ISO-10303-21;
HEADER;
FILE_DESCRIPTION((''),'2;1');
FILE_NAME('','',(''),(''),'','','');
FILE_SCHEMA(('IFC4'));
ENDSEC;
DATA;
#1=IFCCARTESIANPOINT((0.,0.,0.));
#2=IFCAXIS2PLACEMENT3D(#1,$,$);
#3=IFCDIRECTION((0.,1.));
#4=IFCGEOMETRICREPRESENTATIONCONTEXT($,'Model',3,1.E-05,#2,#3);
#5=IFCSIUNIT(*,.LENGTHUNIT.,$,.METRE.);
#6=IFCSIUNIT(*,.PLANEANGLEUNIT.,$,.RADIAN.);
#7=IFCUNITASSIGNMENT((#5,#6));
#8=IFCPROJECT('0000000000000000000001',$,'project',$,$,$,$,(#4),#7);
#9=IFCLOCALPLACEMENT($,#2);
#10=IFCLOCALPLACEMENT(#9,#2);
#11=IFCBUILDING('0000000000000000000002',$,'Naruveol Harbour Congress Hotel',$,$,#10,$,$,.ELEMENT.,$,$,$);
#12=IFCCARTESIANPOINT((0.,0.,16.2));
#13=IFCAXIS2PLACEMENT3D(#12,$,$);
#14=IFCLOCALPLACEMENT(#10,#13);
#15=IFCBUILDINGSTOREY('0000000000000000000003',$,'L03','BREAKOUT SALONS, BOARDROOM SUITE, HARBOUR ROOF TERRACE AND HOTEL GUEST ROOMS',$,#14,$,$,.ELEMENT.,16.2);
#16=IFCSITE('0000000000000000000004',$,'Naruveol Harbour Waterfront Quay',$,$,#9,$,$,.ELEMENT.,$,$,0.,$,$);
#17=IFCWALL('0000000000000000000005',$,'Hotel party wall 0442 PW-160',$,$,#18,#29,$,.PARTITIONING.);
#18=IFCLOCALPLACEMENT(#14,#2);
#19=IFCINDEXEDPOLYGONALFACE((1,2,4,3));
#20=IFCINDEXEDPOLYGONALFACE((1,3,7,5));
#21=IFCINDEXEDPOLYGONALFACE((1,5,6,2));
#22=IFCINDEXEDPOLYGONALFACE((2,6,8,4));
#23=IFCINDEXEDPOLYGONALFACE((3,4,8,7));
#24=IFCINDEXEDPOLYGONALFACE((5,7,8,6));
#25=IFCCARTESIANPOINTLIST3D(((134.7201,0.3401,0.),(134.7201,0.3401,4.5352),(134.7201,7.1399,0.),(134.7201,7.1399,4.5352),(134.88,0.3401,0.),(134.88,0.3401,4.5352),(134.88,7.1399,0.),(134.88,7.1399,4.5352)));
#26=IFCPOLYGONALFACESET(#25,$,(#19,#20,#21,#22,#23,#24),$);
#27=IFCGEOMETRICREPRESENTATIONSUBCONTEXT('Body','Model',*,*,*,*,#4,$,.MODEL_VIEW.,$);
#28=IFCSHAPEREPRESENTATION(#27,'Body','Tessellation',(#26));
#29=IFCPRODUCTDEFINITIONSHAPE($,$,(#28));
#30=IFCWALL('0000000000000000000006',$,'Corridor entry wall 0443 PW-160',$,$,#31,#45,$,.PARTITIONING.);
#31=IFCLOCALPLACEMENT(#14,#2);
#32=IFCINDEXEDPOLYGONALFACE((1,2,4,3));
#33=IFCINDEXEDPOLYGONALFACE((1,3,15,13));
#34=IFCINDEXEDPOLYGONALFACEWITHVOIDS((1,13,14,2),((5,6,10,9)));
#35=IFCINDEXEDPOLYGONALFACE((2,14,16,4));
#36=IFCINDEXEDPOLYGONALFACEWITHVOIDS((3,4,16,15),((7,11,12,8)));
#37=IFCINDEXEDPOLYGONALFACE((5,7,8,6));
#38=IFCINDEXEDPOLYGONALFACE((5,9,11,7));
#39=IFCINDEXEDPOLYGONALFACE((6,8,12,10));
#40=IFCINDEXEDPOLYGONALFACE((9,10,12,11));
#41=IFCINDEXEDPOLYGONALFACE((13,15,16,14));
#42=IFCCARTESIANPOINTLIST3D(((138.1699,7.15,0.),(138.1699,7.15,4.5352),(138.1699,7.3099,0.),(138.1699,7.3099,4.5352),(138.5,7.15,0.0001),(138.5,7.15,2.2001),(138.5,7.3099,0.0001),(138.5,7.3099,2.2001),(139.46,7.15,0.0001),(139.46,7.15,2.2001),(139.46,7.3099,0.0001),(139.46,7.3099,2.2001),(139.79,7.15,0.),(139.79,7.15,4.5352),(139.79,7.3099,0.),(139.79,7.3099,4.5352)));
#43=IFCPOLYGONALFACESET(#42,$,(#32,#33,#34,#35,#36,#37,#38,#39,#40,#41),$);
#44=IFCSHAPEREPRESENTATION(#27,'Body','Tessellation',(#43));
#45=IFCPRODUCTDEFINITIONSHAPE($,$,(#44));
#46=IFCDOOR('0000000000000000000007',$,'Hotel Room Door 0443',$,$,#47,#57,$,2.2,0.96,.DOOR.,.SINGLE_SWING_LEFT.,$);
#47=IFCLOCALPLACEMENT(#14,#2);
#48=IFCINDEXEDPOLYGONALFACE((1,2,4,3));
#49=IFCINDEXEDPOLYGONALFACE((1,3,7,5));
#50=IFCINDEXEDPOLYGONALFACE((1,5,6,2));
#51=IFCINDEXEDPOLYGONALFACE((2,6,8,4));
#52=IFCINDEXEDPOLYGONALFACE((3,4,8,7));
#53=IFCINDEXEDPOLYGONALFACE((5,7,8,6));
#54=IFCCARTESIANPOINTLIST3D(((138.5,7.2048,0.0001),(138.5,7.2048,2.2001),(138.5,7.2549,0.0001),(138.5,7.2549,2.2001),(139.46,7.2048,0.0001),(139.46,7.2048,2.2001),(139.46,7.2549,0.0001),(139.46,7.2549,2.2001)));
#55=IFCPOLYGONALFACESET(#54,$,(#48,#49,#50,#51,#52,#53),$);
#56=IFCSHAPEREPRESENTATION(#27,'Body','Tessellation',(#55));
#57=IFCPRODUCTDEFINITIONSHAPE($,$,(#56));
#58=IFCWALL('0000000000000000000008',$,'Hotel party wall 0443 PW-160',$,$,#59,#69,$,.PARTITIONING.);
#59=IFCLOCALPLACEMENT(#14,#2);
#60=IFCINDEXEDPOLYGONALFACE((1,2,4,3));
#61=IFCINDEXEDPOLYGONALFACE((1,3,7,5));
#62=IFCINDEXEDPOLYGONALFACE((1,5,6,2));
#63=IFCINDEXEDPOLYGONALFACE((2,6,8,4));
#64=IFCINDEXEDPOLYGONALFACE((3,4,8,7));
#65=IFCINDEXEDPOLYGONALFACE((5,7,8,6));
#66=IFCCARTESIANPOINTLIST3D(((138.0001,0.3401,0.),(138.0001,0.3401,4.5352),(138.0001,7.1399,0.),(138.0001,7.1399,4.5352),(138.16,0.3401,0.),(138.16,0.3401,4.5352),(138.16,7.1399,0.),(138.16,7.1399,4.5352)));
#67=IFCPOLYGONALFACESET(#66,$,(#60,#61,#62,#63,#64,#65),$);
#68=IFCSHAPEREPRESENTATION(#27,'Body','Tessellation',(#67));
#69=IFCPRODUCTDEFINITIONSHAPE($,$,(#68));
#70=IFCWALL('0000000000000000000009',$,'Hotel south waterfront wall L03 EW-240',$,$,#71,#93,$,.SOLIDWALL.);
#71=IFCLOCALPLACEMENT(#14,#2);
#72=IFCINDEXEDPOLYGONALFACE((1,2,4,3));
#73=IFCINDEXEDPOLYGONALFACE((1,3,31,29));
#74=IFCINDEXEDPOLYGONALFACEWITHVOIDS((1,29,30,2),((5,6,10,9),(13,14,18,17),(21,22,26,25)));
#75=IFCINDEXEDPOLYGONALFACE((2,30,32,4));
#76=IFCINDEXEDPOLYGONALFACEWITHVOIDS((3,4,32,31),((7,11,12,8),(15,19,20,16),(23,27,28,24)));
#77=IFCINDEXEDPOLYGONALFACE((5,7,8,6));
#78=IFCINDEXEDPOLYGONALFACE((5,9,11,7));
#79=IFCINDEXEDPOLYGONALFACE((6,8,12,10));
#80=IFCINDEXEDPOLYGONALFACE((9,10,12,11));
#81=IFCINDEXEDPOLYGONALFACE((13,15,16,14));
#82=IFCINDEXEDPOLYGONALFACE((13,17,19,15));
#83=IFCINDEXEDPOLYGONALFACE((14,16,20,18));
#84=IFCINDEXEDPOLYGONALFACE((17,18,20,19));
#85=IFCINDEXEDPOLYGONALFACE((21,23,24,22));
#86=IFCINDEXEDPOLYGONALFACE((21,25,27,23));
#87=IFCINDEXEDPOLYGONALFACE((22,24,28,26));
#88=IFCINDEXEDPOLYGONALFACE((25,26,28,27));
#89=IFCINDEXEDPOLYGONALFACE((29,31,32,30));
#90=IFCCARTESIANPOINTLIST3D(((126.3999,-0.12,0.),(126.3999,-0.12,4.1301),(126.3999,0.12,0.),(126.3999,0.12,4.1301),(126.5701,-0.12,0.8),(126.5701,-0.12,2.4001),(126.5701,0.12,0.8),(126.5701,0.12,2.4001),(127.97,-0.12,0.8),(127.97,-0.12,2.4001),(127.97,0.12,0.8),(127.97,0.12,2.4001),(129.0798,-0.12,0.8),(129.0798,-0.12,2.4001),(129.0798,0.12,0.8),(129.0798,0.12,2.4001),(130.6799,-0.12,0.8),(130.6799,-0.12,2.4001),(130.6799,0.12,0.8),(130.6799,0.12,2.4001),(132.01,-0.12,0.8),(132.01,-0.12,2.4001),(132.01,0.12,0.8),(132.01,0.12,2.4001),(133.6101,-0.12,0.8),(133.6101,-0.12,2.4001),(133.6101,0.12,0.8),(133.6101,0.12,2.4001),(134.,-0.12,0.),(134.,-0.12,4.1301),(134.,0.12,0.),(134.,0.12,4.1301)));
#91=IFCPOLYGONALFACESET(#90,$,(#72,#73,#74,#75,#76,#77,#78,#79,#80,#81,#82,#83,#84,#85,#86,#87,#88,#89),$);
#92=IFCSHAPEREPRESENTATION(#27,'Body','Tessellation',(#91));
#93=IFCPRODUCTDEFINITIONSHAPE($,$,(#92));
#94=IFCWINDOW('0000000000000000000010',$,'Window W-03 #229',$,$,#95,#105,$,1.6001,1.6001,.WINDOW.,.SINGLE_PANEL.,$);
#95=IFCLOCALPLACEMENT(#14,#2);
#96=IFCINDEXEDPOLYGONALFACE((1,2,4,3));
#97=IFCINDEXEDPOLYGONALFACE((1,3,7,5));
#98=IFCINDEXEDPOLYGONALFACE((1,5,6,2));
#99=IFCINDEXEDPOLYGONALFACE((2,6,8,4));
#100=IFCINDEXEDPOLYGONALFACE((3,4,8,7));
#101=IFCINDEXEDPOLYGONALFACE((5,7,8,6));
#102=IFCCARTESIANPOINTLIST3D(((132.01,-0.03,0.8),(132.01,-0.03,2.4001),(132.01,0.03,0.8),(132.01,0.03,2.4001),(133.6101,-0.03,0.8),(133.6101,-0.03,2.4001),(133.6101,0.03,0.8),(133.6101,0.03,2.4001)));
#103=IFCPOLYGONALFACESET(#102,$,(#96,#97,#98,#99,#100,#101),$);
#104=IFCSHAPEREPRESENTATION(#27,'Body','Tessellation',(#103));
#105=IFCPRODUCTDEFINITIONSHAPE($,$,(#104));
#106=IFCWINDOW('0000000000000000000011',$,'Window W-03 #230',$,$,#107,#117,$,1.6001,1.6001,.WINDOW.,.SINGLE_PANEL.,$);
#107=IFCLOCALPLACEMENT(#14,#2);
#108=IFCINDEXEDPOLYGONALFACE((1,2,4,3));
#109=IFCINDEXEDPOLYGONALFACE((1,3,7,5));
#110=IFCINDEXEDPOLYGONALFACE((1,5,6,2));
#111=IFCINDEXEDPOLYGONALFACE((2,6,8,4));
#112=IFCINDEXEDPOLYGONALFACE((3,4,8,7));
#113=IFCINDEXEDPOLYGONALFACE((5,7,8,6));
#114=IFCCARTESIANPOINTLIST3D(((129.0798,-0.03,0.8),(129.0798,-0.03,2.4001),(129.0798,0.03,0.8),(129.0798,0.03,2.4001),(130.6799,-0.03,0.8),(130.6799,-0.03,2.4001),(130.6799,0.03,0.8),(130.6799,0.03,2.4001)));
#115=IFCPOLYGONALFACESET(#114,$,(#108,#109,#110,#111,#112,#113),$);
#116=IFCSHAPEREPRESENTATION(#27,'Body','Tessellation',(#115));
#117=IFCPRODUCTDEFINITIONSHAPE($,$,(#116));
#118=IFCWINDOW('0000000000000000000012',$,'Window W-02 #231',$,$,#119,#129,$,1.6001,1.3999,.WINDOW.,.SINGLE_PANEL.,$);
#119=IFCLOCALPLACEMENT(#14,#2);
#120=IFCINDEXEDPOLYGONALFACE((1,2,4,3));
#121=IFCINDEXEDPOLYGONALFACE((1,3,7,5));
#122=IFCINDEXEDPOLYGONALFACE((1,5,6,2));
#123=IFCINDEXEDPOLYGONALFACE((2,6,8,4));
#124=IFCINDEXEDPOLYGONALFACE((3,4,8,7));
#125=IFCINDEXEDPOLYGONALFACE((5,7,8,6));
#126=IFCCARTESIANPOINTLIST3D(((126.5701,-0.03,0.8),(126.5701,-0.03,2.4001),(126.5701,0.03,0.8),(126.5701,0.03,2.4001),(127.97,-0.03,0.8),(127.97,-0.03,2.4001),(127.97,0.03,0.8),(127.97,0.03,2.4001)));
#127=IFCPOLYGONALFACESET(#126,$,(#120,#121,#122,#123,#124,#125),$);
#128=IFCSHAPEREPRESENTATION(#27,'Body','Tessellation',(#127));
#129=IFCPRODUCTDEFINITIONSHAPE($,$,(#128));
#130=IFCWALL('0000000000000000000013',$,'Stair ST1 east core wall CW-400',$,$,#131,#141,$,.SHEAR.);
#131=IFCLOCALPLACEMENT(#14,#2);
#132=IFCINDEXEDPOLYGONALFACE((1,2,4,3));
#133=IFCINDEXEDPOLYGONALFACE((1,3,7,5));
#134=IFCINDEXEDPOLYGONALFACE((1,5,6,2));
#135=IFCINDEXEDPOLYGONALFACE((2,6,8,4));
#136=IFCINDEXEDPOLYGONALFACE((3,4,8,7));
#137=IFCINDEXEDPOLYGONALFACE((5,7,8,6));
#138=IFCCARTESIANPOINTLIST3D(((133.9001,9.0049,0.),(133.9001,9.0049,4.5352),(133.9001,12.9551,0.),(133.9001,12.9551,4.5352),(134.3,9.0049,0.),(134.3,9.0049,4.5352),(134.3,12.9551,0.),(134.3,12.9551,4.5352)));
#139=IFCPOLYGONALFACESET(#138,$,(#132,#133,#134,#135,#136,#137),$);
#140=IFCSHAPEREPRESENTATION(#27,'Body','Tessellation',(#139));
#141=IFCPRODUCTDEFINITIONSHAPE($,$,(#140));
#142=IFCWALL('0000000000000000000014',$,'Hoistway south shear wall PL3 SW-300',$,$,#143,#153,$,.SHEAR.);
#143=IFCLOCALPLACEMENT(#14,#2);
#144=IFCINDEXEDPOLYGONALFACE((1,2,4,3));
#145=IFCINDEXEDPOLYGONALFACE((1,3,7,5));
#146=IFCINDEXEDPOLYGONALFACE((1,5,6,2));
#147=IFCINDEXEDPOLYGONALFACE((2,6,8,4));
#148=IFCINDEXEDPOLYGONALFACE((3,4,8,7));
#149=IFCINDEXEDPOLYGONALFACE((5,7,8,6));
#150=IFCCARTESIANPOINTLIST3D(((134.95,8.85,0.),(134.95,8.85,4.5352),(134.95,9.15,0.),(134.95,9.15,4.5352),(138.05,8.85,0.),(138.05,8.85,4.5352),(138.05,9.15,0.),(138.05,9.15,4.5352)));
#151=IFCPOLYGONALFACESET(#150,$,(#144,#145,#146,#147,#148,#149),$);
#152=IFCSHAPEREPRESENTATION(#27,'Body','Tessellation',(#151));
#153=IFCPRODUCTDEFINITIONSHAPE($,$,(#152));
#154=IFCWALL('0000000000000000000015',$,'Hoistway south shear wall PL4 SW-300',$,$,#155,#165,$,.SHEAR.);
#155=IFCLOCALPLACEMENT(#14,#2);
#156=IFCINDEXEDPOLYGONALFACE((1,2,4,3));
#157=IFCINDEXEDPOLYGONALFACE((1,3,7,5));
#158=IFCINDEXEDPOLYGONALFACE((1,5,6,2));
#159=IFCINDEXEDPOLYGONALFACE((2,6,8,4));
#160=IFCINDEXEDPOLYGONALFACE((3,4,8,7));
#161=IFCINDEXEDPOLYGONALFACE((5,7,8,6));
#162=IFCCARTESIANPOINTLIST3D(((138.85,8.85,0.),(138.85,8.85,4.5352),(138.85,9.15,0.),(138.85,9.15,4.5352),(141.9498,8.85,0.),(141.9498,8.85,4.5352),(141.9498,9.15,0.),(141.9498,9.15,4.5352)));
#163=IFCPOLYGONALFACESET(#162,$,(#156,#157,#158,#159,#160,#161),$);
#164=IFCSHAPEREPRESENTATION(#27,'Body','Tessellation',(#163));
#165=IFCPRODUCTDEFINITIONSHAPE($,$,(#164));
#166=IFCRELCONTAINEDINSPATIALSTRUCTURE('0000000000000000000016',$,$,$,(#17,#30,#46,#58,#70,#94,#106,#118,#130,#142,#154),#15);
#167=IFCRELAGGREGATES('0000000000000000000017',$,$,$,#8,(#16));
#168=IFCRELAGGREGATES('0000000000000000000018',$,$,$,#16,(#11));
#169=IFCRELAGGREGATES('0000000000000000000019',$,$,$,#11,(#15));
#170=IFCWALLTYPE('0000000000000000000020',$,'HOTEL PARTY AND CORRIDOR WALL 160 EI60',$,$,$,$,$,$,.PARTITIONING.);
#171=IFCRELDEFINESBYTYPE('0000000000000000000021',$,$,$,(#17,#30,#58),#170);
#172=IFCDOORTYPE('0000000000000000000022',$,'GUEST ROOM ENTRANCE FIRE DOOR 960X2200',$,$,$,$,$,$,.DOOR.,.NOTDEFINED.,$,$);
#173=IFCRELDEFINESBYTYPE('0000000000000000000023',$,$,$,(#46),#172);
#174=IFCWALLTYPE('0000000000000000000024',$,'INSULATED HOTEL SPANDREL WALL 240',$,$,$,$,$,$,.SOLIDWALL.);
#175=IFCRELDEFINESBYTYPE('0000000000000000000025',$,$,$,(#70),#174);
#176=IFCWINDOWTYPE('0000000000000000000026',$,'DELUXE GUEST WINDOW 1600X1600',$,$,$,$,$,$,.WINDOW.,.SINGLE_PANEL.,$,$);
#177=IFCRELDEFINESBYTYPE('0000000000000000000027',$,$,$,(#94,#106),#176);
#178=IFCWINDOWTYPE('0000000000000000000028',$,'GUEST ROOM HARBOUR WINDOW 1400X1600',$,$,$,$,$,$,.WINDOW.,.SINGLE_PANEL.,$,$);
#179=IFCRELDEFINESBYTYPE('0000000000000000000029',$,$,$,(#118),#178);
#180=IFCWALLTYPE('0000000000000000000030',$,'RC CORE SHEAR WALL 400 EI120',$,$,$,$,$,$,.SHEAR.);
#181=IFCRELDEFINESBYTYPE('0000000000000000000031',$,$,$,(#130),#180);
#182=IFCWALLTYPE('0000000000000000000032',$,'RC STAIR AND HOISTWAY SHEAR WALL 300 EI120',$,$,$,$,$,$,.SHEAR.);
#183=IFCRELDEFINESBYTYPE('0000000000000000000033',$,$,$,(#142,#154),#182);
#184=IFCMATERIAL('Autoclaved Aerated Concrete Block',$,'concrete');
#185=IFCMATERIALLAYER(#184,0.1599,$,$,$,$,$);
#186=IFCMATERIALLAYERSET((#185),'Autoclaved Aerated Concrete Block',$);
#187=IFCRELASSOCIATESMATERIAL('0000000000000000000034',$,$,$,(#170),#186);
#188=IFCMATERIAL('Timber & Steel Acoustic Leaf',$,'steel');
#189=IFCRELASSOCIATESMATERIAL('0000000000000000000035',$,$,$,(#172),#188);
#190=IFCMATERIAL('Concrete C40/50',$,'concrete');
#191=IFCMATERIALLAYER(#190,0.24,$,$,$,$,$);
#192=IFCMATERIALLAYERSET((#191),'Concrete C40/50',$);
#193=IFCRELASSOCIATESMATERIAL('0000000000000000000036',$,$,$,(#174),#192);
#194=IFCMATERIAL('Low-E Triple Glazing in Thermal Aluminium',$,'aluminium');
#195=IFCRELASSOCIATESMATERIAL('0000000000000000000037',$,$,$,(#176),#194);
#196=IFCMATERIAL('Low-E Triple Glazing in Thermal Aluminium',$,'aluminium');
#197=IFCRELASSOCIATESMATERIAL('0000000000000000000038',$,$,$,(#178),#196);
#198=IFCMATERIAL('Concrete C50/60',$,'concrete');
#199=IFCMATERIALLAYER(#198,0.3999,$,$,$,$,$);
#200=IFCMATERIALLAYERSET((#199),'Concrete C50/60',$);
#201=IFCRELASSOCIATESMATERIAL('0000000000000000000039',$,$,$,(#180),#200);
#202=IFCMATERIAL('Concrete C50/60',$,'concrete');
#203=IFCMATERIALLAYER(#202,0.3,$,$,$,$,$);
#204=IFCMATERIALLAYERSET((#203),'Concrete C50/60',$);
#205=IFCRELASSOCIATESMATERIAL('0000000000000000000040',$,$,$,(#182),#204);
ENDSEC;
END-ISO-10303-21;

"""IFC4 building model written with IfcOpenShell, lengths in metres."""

from ifc_helpers import new_model, si_unit, direction, frame, frame_2d, origin, place, context, subcontext, project, spatial, rectangle, extrude, material, layer, layer_set, type_object, element, fill, save


model = new_model("IFC4")

# Units and contexts
model_context = context("Model", 3, precision=1e-05, world=origin(), true_north=direction((0.0, 1.0)))
body_context = subcontext(model_context, "Body", "Model", "MODEL_VIEW")
ifc_project = project(units=[si_unit("LENGTHUNIT", "METRE"), si_unit("PLANEANGLEUNIT", "RADIAN")], contexts=[model_context])

# Site, building, storey
site_placement = place(None, origin())
site = spatial("IfcSite", under=ifc_project, at=site_placement, Name="Naruveol Harbour Waterfront Quay", CompositionType="ELEMENT", RefElevation=0.0)
building_placement = place(site_placement, origin())
building = spatial("IfcBuilding", under=site, at=building_placement, Name="Naruveol Harbour Congress Hotel", CompositionType="ELEMENT")
storey_placement = place(building_placement, frame((0.0, 0.0, 16.2)))
storey = spatial("IfcBuildingStorey", under=building, at=storey_placement, Name="L03", Description="BREAKOUT SALONS, BOARDROOM SUITE, HARBOUR ROOF TERRACE AND HOTEL GUEST ROOMS", CompositionType="ELEMENT", Elevation=16.2)

# Shared definitions
ifc_material_1 = material(Name="Autoclaved Aerated Concrete Block", Category="concrete")
ifc_layer_1 = layer(ifc_material_1, 0.1599)
ifc_layer_set_1 = layer_set([ifc_layer_1], Name="Autoclaved Aerated Concrete Block")
wall_type_1 = type_object("IfcWallType", Name="HOTEL PARTY AND CORRIDOR WALL 160 EI60", PredefinedType="PARTITIONING", material=ifc_layer_set_1)

# Wall
wall_1_placement = place(storey_placement, frame((134.8, 0.3401, 0.0), z_axis=(0.0, 0.0, 1.0), x_axis=(0.0, 1.0, 0.0)))
element("IfcWall", 1, at=wall_1_placement, inside=storey, type_object=wall_type_1, Name="Hotel party wall 0442 PW-160", PredefinedType="PARTITIONING", context=body_context, shape_type="SweptSolid", body=[
    extrude(rectangle(XDim=6.7998, YDim=0.1599, at=frame_2d((3.3999, 0.0))), origin(), (0.0, 0.0, 1.0), 4.5352),
])

# Wall, opening, door
wall_2_placement = place(storey_placement, frame((138.1699, 7.23, 0.0), z_axis=(0.0, 0.0, 1.0), x_axis=(1.0, 0.0, 0.0)))
wall_2 = element("IfcWall", 2, at=wall_2_placement, inside=storey, type_object=wall_type_1, Name="Corridor entry wall 0443 PW-160", PredefinedType="PARTITIONING", context=body_context, shape_type="SweptSolid", body=[
    extrude(rectangle(XDim=1.6201, YDim=0.1599, at=frame_2d((0.8101, 0.0))), origin(), (0.0, 0.0, 1.0), 4.5352),
])
opening_1_placement = place(wall_2_placement, frame((0.3301, 0.0, 0.0)))
opening_1 = element("IfcOpeningElement", 3, at=opening_1_placement, cuts=wall_2, PredefinedType="OPENING", context=body_context, shape_type="SweptSolid", body=[
    extrude(rectangle(XDim=0.96, YDim=2.2, at=frame_2d((0.48, 1.1001))), frame((0.0, 0.0898, 0.0), z_axis=(0.0, -1.0, 0.0), x_axis=(1.0, 0.0, 0.0)), (0.0, 0.0, 1.0), 0.1799),
])
ifc_material_2 = material(Name="Timber & Steel Acoustic Leaf", Category="steel")
door_type_1 = type_object("IfcDoorType", Name="GUEST ROOM ENTRANCE FIRE DOOR 960X2200", OperationType="NOTDEFINED", PredefinedType="DOOR", material=ifc_material_2)
door_1_placement = place(opening_1_placement, origin())
door_1 = element("IfcDoor", 4, at=door_1_placement, inside=storey, type_object=door_type_1, Name="Hotel Room Door 0443", OperationType="SINGLE_SWING_LEFT", OverallHeight=2.2, OverallWidth=0.96, PredefinedType="DOOR", context=body_context, shape_type="SweptSolid", body=[
    extrude(rectangle(XDim=0.96, YDim=2.2, at=frame_2d((0.48, 1.1001))), frame((0.0, 0.0249, 0.0), z_axis=(0.0, -1.0, 0.0), x_axis=(1.0, 0.0, 0.0)), (0.0, 0.0, 1.0), 0.05),
])
fill(opening_1, door_1)

# Wall
wall_3_placement = place(storey_placement, frame((138.0801, 0.3401, 0.0), z_axis=(0.0, 0.0, 1.0), x_axis=(0.0, 1.0, 0.0)))
element("IfcWall", 5, at=wall_3_placement, inside=storey, type_object=wall_type_1, Name="Hotel party wall 0443 PW-160", PredefinedType="PARTITIONING", context=body_context, shape_type="SweptSolid", body=[
    extrude(rectangle(XDim=6.7998, YDim=0.1599, at=frame_2d((3.3999, 0.0))), origin(), (0.0, 0.0, 1.0), 4.5352),
])

# Wall, openings, windows
ifc_material_3 = material(Name="Concrete C40/50", Category="concrete")
ifc_layer_2 = layer(ifc_material_3, 0.24)
ifc_layer_set_2 = layer_set([ifc_layer_2], Name="Concrete C40/50")
wall_type_2 = type_object("IfcWallType", Name="INSULATED HOTEL SPANDREL WALL 240", PredefinedType="SOLIDWALL", material=ifc_layer_set_2)
wall_4_placement = place(storey_placement, frame((134.0, 0.0, 0.0), z_axis=(0.0, 0.0, 1.0), x_axis=(-1.0, 0.0, 0.0)))
wall_4 = element("IfcWall", 6, at=wall_4_placement, inside=storey, type_object=wall_type_2, Name="Hotel south waterfront wall L03 EW-240", PredefinedType="SOLIDWALL", context=body_context, shape_type="SweptSolid", body=[
    extrude(rectangle(XDim=7.6001, YDim=0.24, at=frame_2d((3.8, 0.0))), origin(), (0.0, 0.0, 1.0), 4.1301),
])
opening_2_placement = place(wall_4_placement, frame((0.3899, 0.0, 0.8)))
opening_2 = element("IfcOpeningElement", 7, at=opening_2_placement, cuts=wall_4, PredefinedType="OPENING", context=body_context, shape_type="SweptSolid", body=[
    extrude(rectangle(XDim=1.6001, YDim=1.6001, at=frame_2d((0.8, 0.8))), frame((0.0, 0.1299, 0.0), z_axis=(0.0, -1.0, 0.0), x_axis=(1.0, 0.0, 0.0)), (0.0, 0.0, 1.0), 0.26),
])
opening_3_placement = place(wall_4_placement, frame((3.3201, 0.0, 0.8)))
opening_3 = element("IfcOpeningElement", 8, at=opening_3_placement, cuts=wall_4, PredefinedType="OPENING", context=body_context, shape_type="SweptSolid", body=[
    extrude(rectangle(XDim=1.6001, YDim=1.6001, at=frame_2d((0.8, 0.8))), frame((0.0, 0.1299, 0.0), z_axis=(0.0, -1.0, 0.0), x_axis=(1.0, 0.0, 0.0)), (0.0, 0.0, 1.0), 0.26),
])
opening_4_placement = place(wall_4_placement, frame((6.03, 0.0, 0.8)))
opening_4 = element("IfcOpeningElement", 9, at=opening_4_placement, cuts=wall_4, PredefinedType="OPENING", context=body_context, shape_type="SweptSolid", body=[
    extrude(rectangle(XDim=1.3999, YDim=1.6001, at=frame_2d((0.7, 0.8))), frame((0.0, 0.1299, 0.0), z_axis=(0.0, -1.0, 0.0), x_axis=(1.0, 0.0, 0.0)), (0.0, 0.0, 1.0), 0.26),
])
ifc_material_4 = material(Name="Low-E Triple Glazing in Thermal Aluminium", Category="aluminium")
window_type_1 = type_object("IfcWindowType", Name="DELUXE GUEST WINDOW 1600X1600", PartitioningType="SINGLE_PANEL", PredefinedType="WINDOW", material=ifc_material_4)
window_1_placement = place(opening_2_placement, origin())
window_1 = element("IfcWindow", 10, at=window_1_placement, inside=storey, type_object=window_type_1, Name="Window W-03 #229", OverallHeight=1.6001, OverallWidth=1.6001, PartitioningType="SINGLE_PANEL", PredefinedType="WINDOW", context=body_context, shape_type="SweptSolid", body=[
    extrude(rectangle(XDim=1.6001, YDim=1.6001, at=frame_2d((0.8, 0.8))), frame((0.0, 0.03, 0.0), z_axis=(0.0, -1.0, 0.0), x_axis=(1.0, 0.0, 0.0)), (0.0, 0.0, 1.0), 0.0601),
])
fill(opening_2, window_1)
window_2_placement = place(opening_3_placement, origin())
window_2 = element("IfcWindow", 11, at=window_2_placement, inside=storey, type_object=window_type_1, Name="Window W-03 #230", OverallHeight=1.6001, OverallWidth=1.6001, PartitioningType="SINGLE_PANEL", PredefinedType="WINDOW", context=body_context, shape_type="SweptSolid", body=[
    extrude(rectangle(XDim=1.6001, YDim=1.6001, at=frame_2d((0.8, 0.8))), frame((0.0, 0.03, 0.0), z_axis=(0.0, -1.0, 0.0), x_axis=(1.0, 0.0, 0.0)), (0.0, 0.0, 1.0), 0.0601),
])
fill(opening_3, window_2)
ifc_material_5 = material(Name="Low-E Triple Glazing in Thermal Aluminium", Category="aluminium")
window_type_2 = type_object("IfcWindowType", Name="GUEST ROOM HARBOUR WINDOW 1400X1600", PartitioningType="SINGLE_PANEL", PredefinedType="WINDOW", material=ifc_material_5)
window_3_placement = place(opening_4_placement, origin())
window_3 = element("IfcWindow", 12, at=window_3_placement, inside=storey, type_object=window_type_2, Name="Window W-02 #231", OverallHeight=1.6001, OverallWidth=1.3999, PartitioningType="SINGLE_PANEL", PredefinedType="WINDOW", context=body_context, shape_type="SweptSolid", body=[
    extrude(rectangle(XDim=1.3999, YDim=1.6001, at=frame_2d((0.7, 0.8))), frame((0.0, 0.03, 0.0), z_axis=(0.0, -1.0, 0.0), x_axis=(1.0, 0.0, 0.0)), (0.0, 0.0, 1.0), 0.0601),
])
fill(opening_4, window_3)

# Walls
ifc_material_6 = material(Name="Concrete C50/60", Category="concrete")
ifc_layer_3 = layer(ifc_material_6, 0.3999)
ifc_layer_set_3 = layer_set([ifc_layer_3], Name="Concrete C50/60")
wall_type_3 = type_object("IfcWallType", Name="RC CORE SHEAR WALL 400 EI120", PredefinedType="SHEAR", material=ifc_layer_set_3)
wall_5_placement = place(storey_placement, frame((134.1001, 9.0049, 0.0), z_axis=(0.0, 0.0, 1.0), x_axis=(0.0, 1.0, 0.0)))
element("IfcWall", 13, at=wall_5_placement, inside=storey, type_object=wall_type_3, Name="Stair ST1 east core wall CW-400", PredefinedType="SHEAR", context=body_context, shape_type="SweptSolid", body=[
    extrude(rectangle(XDim=3.9502, YDim=0.3999, at=frame_2d((1.9751, 0.0))), origin(), (0.0, 0.0, 1.0), 4.5352),
])
ifc_material_7 = material(Name="Concrete C50/60", Category="concrete")
ifc_layer_4 = layer(ifc_material_7, 0.3)
ifc_layer_set_4 = layer_set([ifc_layer_4], Name="Concrete C50/60")
wall_type_4 = type_object("IfcWallType", Name="RC STAIR AND HOISTWAY SHEAR WALL 300 EI120", PredefinedType="SHEAR", material=ifc_layer_set_4)
wall_6_placement = place(storey_placement, frame((134.95, 9.0, 0.0), z_axis=(0.0, 0.0, 1.0), x_axis=(1.0, 0.0, 0.0)))
element("IfcWall", 14, at=wall_6_placement, inside=storey, type_object=wall_type_4, Name="Hoistway south shear wall PL3 SW-300", PredefinedType="SHEAR", context=body_context, shape_type="SweptSolid", body=[
    extrude(rectangle(XDim=3.1001, YDim=0.3, at=frame_2d((1.55, 0.0))), origin(), (0.0, 0.0, 1.0), 4.5352),
])
wall_7_placement = place(storey_placement, frame((138.8501, 9.0, 0.0), z_axis=(0.0, 0.0, 1.0), x_axis=(1.0, 0.0, 0.0)))
element("IfcWall", 15, at=wall_7_placement, inside=storey, type_object=wall_type_4, Name="Hoistway south shear wall PL4 SW-300", PredefinedType="SHEAR", context=body_context, shape_type="SweptSolid", body=[
    extrude(rectangle(XDim=3.0999, YDim=0.3, at=frame_2d((1.5498, 0.0))), origin(), (0.0, 0.0, 1.0), 4.5352),
])

save(model, "model.ifc")
